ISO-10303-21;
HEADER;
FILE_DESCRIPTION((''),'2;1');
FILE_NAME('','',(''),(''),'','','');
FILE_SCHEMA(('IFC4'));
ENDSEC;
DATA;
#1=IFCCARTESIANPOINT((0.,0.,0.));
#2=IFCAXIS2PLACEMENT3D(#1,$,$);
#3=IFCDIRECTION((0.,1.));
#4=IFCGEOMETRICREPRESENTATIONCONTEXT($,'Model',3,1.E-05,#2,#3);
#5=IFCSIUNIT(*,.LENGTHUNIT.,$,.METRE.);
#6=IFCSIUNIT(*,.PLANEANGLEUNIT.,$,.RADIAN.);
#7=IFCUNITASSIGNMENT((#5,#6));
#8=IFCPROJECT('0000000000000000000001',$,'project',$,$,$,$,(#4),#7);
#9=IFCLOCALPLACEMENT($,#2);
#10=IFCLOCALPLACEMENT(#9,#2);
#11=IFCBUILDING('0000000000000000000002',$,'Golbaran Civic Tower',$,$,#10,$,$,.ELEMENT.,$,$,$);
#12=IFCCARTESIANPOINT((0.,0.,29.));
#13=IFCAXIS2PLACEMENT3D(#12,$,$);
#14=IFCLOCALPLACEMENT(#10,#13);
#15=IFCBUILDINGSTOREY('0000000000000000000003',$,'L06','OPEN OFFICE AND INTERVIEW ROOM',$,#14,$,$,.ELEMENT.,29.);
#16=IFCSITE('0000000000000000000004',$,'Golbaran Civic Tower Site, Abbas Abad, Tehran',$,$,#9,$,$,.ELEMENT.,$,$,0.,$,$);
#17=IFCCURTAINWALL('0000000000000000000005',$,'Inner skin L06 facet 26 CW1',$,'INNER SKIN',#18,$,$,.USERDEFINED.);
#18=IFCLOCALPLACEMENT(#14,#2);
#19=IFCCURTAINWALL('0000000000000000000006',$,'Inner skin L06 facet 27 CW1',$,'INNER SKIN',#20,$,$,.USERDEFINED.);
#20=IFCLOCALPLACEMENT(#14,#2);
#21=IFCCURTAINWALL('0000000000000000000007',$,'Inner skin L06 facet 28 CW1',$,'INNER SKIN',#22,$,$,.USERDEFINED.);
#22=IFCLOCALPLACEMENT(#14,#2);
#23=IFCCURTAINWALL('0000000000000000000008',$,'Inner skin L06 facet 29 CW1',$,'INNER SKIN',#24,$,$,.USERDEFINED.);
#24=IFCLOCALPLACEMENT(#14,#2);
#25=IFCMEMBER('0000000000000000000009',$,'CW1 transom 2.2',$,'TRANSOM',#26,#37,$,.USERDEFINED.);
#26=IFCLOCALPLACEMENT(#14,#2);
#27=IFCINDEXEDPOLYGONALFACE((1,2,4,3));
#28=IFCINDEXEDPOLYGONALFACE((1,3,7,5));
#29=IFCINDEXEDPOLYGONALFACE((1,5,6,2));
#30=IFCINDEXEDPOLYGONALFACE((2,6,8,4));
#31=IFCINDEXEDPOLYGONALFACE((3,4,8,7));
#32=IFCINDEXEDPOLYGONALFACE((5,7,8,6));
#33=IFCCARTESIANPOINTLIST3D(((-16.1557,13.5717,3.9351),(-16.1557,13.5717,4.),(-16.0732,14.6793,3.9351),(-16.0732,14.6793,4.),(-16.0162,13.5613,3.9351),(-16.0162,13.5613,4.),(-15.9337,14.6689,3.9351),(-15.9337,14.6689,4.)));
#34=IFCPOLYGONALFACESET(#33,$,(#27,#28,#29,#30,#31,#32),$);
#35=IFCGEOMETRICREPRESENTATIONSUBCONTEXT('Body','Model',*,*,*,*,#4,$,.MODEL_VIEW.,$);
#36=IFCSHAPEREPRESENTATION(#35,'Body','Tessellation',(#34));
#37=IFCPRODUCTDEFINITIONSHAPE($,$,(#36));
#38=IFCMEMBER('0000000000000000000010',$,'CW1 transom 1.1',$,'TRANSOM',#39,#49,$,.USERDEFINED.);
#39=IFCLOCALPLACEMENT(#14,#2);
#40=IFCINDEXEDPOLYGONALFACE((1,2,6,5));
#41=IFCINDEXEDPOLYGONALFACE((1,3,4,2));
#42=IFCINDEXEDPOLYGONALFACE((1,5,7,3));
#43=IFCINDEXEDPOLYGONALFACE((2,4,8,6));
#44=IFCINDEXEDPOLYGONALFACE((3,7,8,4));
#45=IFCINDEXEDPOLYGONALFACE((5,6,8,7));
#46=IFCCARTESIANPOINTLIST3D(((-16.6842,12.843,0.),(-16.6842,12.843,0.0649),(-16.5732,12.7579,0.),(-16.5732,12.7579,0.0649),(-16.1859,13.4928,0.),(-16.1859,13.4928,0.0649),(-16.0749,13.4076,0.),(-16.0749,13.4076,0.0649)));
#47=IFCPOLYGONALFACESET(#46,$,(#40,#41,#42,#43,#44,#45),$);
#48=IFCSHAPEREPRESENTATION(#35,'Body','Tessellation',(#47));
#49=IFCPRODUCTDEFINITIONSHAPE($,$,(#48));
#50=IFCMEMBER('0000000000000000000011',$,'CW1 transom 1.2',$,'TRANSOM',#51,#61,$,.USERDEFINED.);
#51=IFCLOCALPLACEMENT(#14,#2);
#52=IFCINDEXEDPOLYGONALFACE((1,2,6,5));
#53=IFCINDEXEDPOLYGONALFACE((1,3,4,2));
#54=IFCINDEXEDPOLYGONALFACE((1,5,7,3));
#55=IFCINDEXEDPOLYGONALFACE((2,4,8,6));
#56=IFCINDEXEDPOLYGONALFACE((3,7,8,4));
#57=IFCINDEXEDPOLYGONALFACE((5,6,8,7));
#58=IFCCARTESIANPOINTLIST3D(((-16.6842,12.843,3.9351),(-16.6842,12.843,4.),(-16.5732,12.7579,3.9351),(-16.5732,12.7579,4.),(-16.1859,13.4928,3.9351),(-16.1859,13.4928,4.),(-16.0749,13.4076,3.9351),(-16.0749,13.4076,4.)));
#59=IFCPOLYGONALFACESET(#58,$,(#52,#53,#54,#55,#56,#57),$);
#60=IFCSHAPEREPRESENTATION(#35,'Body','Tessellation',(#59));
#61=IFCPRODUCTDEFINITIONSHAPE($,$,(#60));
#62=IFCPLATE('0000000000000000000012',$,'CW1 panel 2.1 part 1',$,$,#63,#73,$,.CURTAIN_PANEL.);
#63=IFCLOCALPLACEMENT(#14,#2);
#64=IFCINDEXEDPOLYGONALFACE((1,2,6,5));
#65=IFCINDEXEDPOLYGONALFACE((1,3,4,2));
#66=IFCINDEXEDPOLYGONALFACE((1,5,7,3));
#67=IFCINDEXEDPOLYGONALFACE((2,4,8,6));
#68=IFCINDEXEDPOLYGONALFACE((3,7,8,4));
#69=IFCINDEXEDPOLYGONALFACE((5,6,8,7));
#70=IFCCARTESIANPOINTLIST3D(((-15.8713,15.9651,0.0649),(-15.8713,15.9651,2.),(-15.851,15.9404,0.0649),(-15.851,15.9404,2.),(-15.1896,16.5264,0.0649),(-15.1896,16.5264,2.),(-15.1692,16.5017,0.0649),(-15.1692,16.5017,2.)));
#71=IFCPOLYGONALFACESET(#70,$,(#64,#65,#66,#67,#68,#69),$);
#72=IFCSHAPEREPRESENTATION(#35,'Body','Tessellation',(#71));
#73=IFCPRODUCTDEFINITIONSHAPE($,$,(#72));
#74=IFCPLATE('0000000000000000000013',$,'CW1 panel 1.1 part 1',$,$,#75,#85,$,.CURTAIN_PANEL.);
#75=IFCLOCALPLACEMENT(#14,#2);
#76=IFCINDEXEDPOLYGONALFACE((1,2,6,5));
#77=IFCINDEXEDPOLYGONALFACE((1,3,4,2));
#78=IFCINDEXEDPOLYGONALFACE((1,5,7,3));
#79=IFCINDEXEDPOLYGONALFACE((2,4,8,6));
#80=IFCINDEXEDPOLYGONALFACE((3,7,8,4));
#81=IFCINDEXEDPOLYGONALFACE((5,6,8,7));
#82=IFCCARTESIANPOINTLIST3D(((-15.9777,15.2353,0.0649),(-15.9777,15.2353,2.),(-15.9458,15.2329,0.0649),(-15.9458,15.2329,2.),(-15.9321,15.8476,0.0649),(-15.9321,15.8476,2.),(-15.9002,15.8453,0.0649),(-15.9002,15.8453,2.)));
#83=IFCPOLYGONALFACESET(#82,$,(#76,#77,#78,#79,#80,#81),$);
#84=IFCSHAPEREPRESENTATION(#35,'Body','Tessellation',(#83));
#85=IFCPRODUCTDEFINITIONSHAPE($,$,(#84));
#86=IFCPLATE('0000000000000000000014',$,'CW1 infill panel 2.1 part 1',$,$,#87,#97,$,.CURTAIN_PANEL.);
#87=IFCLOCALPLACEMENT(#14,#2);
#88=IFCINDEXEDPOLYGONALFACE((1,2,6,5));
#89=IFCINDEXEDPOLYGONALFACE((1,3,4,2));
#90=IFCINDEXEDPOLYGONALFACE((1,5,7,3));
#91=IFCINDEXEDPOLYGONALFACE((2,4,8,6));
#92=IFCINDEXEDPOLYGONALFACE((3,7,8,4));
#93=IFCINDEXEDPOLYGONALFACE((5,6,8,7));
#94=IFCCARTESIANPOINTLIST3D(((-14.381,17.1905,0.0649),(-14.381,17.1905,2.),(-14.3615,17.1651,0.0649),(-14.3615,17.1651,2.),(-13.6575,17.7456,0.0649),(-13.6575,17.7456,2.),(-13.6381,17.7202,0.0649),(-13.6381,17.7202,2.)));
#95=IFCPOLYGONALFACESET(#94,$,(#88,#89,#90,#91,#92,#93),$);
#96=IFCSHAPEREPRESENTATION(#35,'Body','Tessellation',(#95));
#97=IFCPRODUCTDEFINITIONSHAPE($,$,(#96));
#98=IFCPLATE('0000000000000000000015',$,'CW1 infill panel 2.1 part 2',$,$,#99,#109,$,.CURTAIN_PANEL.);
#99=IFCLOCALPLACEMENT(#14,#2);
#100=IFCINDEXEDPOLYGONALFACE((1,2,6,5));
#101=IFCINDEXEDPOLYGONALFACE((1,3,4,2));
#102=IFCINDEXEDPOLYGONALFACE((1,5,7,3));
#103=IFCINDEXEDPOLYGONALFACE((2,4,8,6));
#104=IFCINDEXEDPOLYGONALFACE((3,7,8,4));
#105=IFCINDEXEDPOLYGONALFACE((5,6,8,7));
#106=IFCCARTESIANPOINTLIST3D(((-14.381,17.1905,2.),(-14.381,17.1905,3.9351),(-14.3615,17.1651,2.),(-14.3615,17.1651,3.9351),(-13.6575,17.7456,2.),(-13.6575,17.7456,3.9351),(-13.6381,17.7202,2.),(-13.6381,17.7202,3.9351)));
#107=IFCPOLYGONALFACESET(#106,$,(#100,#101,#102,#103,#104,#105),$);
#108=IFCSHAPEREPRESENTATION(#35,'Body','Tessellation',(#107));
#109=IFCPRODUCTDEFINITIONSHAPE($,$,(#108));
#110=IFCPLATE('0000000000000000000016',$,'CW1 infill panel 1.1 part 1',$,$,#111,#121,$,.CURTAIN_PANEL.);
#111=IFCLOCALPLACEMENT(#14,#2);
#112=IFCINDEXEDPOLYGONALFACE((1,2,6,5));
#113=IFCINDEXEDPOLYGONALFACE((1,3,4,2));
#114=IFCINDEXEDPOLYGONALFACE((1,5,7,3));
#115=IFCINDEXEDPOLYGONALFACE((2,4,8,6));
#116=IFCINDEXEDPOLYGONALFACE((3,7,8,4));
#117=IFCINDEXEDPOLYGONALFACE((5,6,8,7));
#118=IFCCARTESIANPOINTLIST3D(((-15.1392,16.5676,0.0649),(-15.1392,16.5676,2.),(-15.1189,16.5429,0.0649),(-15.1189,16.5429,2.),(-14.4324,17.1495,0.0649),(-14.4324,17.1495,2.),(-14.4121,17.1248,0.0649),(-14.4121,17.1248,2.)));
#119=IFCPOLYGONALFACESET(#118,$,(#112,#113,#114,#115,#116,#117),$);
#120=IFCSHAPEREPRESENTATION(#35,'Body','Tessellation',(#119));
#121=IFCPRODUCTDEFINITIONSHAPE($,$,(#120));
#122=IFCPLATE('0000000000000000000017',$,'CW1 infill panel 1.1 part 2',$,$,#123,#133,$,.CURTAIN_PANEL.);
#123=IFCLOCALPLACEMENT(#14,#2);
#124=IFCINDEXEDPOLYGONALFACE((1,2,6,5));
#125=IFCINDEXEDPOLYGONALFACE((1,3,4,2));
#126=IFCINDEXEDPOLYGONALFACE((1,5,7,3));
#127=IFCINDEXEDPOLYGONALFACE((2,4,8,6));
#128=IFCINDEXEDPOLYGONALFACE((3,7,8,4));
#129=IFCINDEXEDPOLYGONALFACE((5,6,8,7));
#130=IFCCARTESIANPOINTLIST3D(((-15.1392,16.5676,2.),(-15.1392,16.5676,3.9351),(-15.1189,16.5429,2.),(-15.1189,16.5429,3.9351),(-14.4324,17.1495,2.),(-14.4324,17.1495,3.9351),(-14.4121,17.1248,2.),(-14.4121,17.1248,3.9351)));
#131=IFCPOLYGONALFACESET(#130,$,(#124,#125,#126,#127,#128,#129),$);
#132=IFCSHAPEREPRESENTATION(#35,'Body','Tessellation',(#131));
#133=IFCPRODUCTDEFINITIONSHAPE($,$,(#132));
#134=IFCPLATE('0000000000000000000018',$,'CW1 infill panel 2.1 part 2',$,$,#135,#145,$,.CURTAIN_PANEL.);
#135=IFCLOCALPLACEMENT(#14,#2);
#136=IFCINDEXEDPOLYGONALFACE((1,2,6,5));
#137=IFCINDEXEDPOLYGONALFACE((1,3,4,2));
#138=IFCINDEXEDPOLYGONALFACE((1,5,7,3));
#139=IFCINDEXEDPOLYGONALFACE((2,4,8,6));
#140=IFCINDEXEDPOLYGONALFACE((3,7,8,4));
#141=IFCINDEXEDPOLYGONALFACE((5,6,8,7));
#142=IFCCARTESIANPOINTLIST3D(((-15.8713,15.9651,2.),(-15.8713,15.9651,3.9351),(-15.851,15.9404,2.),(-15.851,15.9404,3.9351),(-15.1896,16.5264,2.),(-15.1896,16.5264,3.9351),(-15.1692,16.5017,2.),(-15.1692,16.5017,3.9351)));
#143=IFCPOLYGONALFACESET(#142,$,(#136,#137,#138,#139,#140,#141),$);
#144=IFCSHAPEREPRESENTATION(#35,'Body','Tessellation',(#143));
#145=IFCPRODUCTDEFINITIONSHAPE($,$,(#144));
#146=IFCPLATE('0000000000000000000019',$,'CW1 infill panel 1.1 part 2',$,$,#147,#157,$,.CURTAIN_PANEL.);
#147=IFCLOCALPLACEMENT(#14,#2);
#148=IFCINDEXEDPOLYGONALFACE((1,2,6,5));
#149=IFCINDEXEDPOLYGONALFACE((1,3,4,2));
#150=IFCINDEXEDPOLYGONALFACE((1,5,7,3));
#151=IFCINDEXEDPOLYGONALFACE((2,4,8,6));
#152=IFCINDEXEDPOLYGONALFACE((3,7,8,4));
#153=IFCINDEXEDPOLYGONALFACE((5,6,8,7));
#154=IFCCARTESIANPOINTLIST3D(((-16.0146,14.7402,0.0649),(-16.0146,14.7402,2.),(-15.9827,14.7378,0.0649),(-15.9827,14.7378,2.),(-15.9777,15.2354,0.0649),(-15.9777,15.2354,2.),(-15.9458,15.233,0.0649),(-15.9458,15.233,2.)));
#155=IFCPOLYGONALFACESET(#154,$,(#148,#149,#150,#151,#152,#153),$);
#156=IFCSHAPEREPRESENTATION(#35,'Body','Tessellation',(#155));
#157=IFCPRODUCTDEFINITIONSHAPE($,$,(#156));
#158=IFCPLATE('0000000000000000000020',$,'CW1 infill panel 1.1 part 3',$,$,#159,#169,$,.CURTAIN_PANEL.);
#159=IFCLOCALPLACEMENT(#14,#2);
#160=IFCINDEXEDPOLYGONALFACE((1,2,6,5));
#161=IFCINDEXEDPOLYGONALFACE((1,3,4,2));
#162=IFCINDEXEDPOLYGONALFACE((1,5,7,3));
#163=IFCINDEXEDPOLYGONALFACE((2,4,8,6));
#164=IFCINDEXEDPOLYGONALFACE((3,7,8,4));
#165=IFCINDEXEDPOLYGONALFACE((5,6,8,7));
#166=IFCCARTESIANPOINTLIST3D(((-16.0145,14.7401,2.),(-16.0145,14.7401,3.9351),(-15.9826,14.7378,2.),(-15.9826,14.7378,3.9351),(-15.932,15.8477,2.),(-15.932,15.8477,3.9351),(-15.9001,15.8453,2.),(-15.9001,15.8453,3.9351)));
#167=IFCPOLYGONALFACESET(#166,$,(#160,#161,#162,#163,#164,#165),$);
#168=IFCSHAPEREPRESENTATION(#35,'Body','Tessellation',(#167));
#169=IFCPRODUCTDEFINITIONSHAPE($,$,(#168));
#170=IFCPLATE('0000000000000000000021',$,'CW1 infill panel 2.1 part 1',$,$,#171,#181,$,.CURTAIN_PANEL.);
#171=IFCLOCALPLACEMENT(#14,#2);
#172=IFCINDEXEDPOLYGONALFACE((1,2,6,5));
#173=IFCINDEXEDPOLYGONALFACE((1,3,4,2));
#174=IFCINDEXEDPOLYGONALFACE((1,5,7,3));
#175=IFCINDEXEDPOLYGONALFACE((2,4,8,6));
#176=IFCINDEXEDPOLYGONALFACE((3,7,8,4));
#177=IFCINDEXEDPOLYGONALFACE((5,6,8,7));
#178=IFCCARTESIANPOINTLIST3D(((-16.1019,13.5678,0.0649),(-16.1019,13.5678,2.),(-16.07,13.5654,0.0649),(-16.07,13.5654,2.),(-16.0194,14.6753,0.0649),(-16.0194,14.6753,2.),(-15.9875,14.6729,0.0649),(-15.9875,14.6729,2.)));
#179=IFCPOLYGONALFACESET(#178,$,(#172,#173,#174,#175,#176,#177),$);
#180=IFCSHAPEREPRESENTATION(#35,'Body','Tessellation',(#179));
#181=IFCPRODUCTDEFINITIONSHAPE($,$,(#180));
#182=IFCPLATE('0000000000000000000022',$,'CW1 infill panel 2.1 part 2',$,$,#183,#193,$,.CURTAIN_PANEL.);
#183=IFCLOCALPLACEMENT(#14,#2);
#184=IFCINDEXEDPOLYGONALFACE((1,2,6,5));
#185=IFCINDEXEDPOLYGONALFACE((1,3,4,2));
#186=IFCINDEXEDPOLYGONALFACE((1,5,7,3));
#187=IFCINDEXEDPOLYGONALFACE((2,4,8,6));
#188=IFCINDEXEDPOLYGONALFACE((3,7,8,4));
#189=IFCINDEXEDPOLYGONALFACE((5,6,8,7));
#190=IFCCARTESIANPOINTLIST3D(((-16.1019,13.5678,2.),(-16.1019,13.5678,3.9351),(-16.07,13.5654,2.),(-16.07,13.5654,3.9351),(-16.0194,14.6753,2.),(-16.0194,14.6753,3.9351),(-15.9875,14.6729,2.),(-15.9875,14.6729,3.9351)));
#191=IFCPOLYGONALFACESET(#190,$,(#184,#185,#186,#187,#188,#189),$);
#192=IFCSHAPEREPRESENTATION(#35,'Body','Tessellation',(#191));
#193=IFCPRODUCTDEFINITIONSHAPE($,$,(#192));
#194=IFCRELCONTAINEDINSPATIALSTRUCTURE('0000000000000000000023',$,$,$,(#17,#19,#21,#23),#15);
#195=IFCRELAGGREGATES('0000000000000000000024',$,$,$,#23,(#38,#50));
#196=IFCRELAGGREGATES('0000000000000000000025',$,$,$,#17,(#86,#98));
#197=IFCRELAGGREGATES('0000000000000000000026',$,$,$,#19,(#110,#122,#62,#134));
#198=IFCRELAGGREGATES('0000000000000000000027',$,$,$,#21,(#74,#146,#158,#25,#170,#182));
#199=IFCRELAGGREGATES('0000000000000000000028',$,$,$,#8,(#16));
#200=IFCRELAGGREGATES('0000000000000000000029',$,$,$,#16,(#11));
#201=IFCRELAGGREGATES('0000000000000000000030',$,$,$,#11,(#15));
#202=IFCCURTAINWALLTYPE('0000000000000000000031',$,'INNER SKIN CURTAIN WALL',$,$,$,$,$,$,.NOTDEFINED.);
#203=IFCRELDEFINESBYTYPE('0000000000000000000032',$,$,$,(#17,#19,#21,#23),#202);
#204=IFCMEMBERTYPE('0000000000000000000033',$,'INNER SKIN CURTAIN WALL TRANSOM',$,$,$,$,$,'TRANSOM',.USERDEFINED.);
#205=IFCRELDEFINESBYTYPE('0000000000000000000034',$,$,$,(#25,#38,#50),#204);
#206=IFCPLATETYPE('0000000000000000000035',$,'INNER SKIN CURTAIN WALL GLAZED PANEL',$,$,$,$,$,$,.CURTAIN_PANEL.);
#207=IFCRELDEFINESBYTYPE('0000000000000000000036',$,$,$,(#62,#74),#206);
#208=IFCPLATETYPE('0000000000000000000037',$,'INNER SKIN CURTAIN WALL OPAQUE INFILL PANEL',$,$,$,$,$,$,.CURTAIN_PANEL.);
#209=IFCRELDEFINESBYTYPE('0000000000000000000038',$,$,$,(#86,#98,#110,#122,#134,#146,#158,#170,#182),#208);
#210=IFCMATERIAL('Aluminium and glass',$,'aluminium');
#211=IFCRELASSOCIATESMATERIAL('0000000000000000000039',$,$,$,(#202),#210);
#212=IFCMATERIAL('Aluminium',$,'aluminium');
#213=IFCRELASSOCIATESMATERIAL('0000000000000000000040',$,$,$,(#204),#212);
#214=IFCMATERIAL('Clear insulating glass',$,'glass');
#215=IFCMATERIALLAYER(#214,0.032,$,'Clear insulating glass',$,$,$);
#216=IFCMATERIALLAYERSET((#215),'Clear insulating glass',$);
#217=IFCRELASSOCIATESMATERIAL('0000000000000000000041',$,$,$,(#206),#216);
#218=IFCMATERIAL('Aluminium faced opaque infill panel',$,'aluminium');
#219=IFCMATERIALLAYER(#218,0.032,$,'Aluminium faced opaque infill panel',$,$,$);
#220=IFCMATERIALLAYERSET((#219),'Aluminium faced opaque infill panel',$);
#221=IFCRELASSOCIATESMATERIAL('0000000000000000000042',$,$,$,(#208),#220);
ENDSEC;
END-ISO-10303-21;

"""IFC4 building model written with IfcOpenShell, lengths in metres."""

from ifc_helpers import new_model, si_unit, direction, frame, origin, origin_2d, place, context, subcontext, project, spatial, rectangle, extrude, material, layer, layer_set, material_profile, profile_set, type_object, element, aggregate, save


model = new_model("IFC4")

# Units and contexts
model_context = context("Model", 3, precision=1e-05, world=origin(), true_north=direction((0.0, 1.0)))
body_context = subcontext(model_context, "Body", "Model", "MODEL_VIEW")
ifc_project = project(units=[si_unit("LENGTHUNIT", "METRE"), si_unit("PLANEANGLEUNIT", "RADIAN")], contexts=[model_context])

# Site, building, storey
site_placement = place(None, origin())
site = spatial("IfcSite", under=ifc_project, at=site_placement, Name="Golbaran Civic Tower Site, Abbas Abad, Tehran", CompositionType="ELEMENT", RefElevation=0.0)
building_placement = place(site_placement, origin())
building = spatial("IfcBuilding", under=site, at=building_placement, Name="Golbaran Civic Tower", CompositionType="ELEMENT")
storey_placement = place(building_placement, frame((0.0, 0.0, 29.0)))
storey = spatial("IfcBuildingStorey", under=building, at=storey_placement, Name="L06", Description="OPEN OFFICE AND INTERVIEW ROOM", CompositionType="ELEMENT", Elevation=29.0)

# Curtain wall
ifc_material_1 = material(Name="Aluminium and glass", Category="aluminium")
curtain_wall_type = type_object("IfcCurtainWallType", Name="INNER SKIN CURTAIN WALL", PredefinedType="NOTDEFINED", material=ifc_material_1)
curtain_wall_1_placement = place(storey_placement, origin())
curtain_wall_1 = element("IfcCurtainWall", 1, at=curtain_wall_1_placement, inside=storey, type_object=curtain_wall_type, Name="Inner skin L06 facet 26 CW1", ObjectType="INNER SKIN", PredefinedType="USERDEFINED")
ifc_material_2 = material(Name="Aluminium", Category="aluminium")

# Curtain walls
curtain_wall_2_placement = place(storey_placement, origin())
curtain_wall_2 = element("IfcCurtainWall", 2, at=curtain_wall_2_placement, inside=storey, type_object=curtain_wall_type, Name="Inner skin L06 facet 27 CW1", ObjectType="INNER SKIN", PredefinedType="USERDEFINED")
curtain_wall_3_placement = place(storey_placement, origin())
curtain_wall_3 = element("IfcCurtainWall", 3, at=curtain_wall_3_placement, inside=storey, type_object=curtain_wall_type, Name="Inner skin L06 facet 28 CW1", ObjectType="INNER SKIN", PredefinedType="USERDEFINED")

# Curtain wall
curtain_wall_4_placement = place(storey_placement, origin())
curtain_wall_4 = element("IfcCurtainWall", 4, at=curtain_wall_4_placement, inside=storey, type_object=curtain_wall_type, Name="Inner skin L06 facet 29 CW1", ObjectType="INNER SKIN", PredefinedType="USERDEFINED")

# Members
ifc_material_profile_1 = material_profile(ifc_material_2, rectangle(XDim=0.1399, YDim=0.0649, at=origin_2d()), Name="INNER SKIN CURTAIN WALL TRANSOM")
ifc_profile_set_1 = profile_set([ifc_material_profile_1], Name="Aluminium")
member_type_1 = type_object("IfcMemberType", Name="INNER SKIN CURTAIN WALL TRANSOM", ElementType="TRANSOM", PredefinedType="USERDEFINED", material=ifc_profile_set_1)
member_1_placement = place(storey_placement, frame((-16.0034, 14.6741, 3.9675), z_axis=(-0.074309, -0.997235, 0.0), x_axis=(0.997235, -0.074309, 0.0)))
member_1 = element("IfcMember", 5, at=member_1_placement, type_object=member_type_1, Name="CW1 transom 2.2", ObjectType="TRANSOM", PredefinedType="USERDEFINED", context=body_context, shape_type="SweptSolid", body=[
    extrude(rectangle(XDim=0.1399, YDim=0.0649, at=origin_2d()), origin(), (0.0, 0.0, 1.0), 1.1106),
])
member_2_placement = place(storey_placement, frame((-16.1304, 13.4502, 0.0325), z_axis=(-0.608601, -0.793477, 0.0), x_axis=(0.793477, -0.608601, 0.0)))
member_2 = element("IfcMember", 6, at=member_2_placement, type_object=member_type_1, Name="CW1 transom 1.1", ObjectType="TRANSOM", PredefinedType="USERDEFINED", context=body_context, shape_type="SweptSolid", body=[
    extrude(rectangle(XDim=0.1399, YDim=0.0649, at=origin_2d()), origin(), (0.0, 0.0, 1.0), 0.8188),
])
member_3_placement = place(storey_placement, frame((-16.1304, 13.4502, 3.9675), z_axis=(-0.608601, -0.793477, 0.0), x_axis=(0.793477, -0.608601, 0.0)))
member_3 = element("IfcMember", 7, at=member_3_placement, type_object=member_type_1, Name="CW1 transom 1.2", ObjectType="TRANSOM", PredefinedType="USERDEFINED", context=body_context, shape_type="SweptSolid", body=[
    extrude(rectangle(XDim=0.1399, YDim=0.0649, at=origin_2d()), origin(), (0.0, 0.0, 1.0), 0.8188),
])
aggregate(curtain_wall_4, [member_2, member_3])

# Plates
ifc_material_3 = material(Name="Clear insulating glass", Category="glass")
ifc_layer_1 = layer(ifc_material_3, 0.032, Name="Clear insulating glass")
ifc_layer_set_1 = layer_set([ifc_layer_1], Name="Clear insulating glass")
plate_type_1 = type_object("IfcPlateType", Name="INNER SKIN CURTAIN WALL GLAZED PANEL", PredefinedType="CURTAIN_PANEL", material=ifc_layer_set_1)
plate_1_placement = place(storey_placement, frame((-15.5203, 16.2334, 0.0649), z_axis=(0.0, 0.0, 1.0), x_axis=(-0.772032, -0.635583, 0.0)))
plate_1 = element("IfcPlate", 8, at=plate_1_placement, type_object=plate_type_1, Name="CW1 panel 2.1 part 1", PredefinedType="CURTAIN_PANEL", context=body_context, shape_type="SweptSolid", body=[
    extrude(rectangle(XDim=0.8831, YDim=0.032, at=origin_2d()), origin(), (0.0, 0.0, 1.0), 1.9351),
])
plate_2_placement = place(storey_placement, frame((-15.939, 15.5403, 0.0649), z_axis=(0.0, 0.0, 1.0), x_axis=(-0.074267, -0.997238, 0.0)))
plate_2 = element("IfcPlate", 9, at=plate_2_placement, type_object=plate_type_1, Name="CW1 panel 1.1 part 1", PredefinedType="CURTAIN_PANEL", context=body_context, shape_type="SweptSolid", body=[
    extrude(rectangle(XDim=0.614, YDim=0.032, at=origin_2d()), origin(), (0.0, 0.0, 1.0), 1.9351),
])
ifc_material_4 = material(Name="Aluminium faced opaque infill panel", Category="aluminium")
ifc_layer_2 = layer(ifc_material_4, 0.032, Name="Aluminium faced opaque infill panel")
ifc_layer_set_2 = layer_set([ifc_layer_2], Name="Aluminium faced opaque infill panel")
plate_type_2 = type_object("IfcPlateType", Name="INNER SKIN CURTAIN WALL OPAQUE INFILL PANEL", PredefinedType="CURTAIN_PANEL", material=ifc_layer_set_2)
plate_3_placement = place(storey_placement, frame((-14.0095, 17.4553, 0.0649), z_axis=(0.0, 0.0, 1.0), x_axis=(-0.793353, -0.608761, 0.0)))
plate_3 = element("IfcPlate", 10, at=plate_3_placement, type_object=plate_type_2, Name="CW1 infill panel 2.1 part 1", PredefinedType="CURTAIN_PANEL", context=body_context, shape_type="SweptSolid", body=[
    extrude(rectangle(XDim=0.9119, YDim=0.032, at=origin_2d()), origin(), (0.0, 0.0, 1.0), 1.9351),
])
plate_4_placement = place(storey_placement, frame((-14.0095, 17.4553, 2.0), z_axis=(0.0, 0.0, 1.0), x_axis=(-0.793353, -0.608761, 0.0)))
plate_4 = element("IfcPlate", 11, at=plate_4_placement, type_object=plate_type_2, Name="CW1 infill panel 2.1 part 2", PredefinedType="CURTAIN_PANEL", context=body_context, shape_type="SweptSolid", body=[
    extrude(rectangle(XDim=0.9119, YDim=0.032, at=origin_2d()), origin(), (0.0, 0.0, 1.0), 1.9351),
])
aggregate(curtain_wall_1, [plate_3, plate_4])
plate_5_placement = place(storey_placement, frame((-14.7756, 16.8462, 0.0649), z_axis=(0.0, 0.0, 1.0), x_axis=(-0.772032, -0.635583, 0.0)))
plate_5 = element("IfcPlate", 12, at=plate_5_placement, type_object=plate_type_2, Name="CW1 infill panel 1.1 part 1", PredefinedType="CURTAIN_PANEL", context=body_context, shape_type="SweptSolid", body=[
    extrude(rectangle(XDim=0.9155, YDim=0.032, at=origin_2d()), origin(), (0.0, 0.0, 1.0), 1.9351),
])
plate_6_placement = place(storey_placement, frame((-14.7756, 16.8462, 2.0), z_axis=(0.0, 0.0, 1.0), x_axis=(-0.772032, -0.635583, 0.0)))
plate_6 = element("IfcPlate", 13, at=plate_6_placement, type_object=plate_type_2, Name="CW1 infill panel 1.1 part 2", PredefinedType="CURTAIN_PANEL", context=body_context, shape_type="SweptSolid", body=[
    extrude(rectangle(XDim=0.9155, YDim=0.032, at=origin_2d()), origin(), (0.0, 0.0, 1.0), 1.9351),
])
plate_7_placement = place(storey_placement, frame((-15.5203, 16.2334, 2.0), z_axis=(0.0, 0.0, 1.0), x_axis=(-0.772032, -0.635583, 0.0)))
plate_7 = element("IfcPlate", 14, at=plate_7_placement, type_object=plate_type_2, Name="CW1 infill panel 2.1 part 2", PredefinedType="CURTAIN_PANEL", context=body_context, shape_type="SweptSolid", body=[
    extrude(rectangle(XDim=0.8831, YDim=0.032, at=origin_2d()), origin(), (0.0, 0.0, 1.0), 1.9351),
])
aggregate(curtain_wall_2, [plate_5, plate_6, plate_1, plate_7])
plate_8_placement = place(storey_placement, frame((-15.9802, 14.9866, 0.0649), z_axis=(0.0, 0.0, 1.0), x_axis=(-0.074267, -0.997238, 0.0)))
plate_8 = element("IfcPlate", 15, at=plate_8_placement, type_object=plate_type_2, Name="CW1 infill panel 1.1 part 2", PredefinedType="CURTAIN_PANEL", context=body_context, shape_type="SweptSolid", body=[
    extrude(rectangle(XDim=0.4966, YDim=0.032, at=origin_2d()), origin(), (0.0, 0.0, 1.0), 1.9351),
])
plate_9_placement = place(storey_placement, frame((-15.9573, 15.2927, 2.0), z_axis=(0.0, 0.0, 1.0), x_axis=(-0.074267, -0.997238, 0.0)))
plate_9 = element("IfcPlate", 16, at=plate_9_placement, type_object=plate_type_2, Name="CW1 infill panel 1.1 part 3", PredefinedType="CURTAIN_PANEL", context=body_context, shape_type="SweptSolid", body=[
    extrude(rectangle(XDim=1.1106, YDim=0.032, at=origin_2d()), origin(), (0.0, 0.0, 1.0), 1.9351),
])
plate_10_placement = place(storey_placement, frame((-16.0447, 14.1204, 0.0649), z_axis=(0.0, 0.0, 1.0), x_axis=(-0.074267, -0.997238, 0.0)))
plate_10 = element("IfcPlate", 17, at=plate_10_placement, type_object=plate_type_2, Name="CW1 infill panel 2.1 part 1", PredefinedType="CURTAIN_PANEL", context=body_context, shape_type="SweptSolid", body=[
    extrude(rectangle(XDim=1.1106, YDim=0.032, at=origin_2d()), origin(), (0.0, 0.0, 1.0), 1.9351),
])
plate_11_placement = place(storey_placement, frame((-16.0447, 14.1204, 2.0), z_axis=(0.0, 0.0, 1.0), x_axis=(-0.074267, -0.997238, 0.0)))
plate_11 = element("IfcPlate", 18, at=plate_11_placement, type_object=plate_type_2, Name="CW1 infill panel 2.1 part 2", PredefinedType="CURTAIN_PANEL", context=body_context, shape_type="SweptSolid", body=[
    extrude(rectangle(XDim=1.1106, YDim=0.032, at=origin_2d()), origin(), (0.0, 0.0, 1.0), 1.9351),
])
aggregate(curtain_wall_3, [plate_2, plate_8, plate_9, member_1, plate_10, plate_11])

save(model, "model.ifc")
